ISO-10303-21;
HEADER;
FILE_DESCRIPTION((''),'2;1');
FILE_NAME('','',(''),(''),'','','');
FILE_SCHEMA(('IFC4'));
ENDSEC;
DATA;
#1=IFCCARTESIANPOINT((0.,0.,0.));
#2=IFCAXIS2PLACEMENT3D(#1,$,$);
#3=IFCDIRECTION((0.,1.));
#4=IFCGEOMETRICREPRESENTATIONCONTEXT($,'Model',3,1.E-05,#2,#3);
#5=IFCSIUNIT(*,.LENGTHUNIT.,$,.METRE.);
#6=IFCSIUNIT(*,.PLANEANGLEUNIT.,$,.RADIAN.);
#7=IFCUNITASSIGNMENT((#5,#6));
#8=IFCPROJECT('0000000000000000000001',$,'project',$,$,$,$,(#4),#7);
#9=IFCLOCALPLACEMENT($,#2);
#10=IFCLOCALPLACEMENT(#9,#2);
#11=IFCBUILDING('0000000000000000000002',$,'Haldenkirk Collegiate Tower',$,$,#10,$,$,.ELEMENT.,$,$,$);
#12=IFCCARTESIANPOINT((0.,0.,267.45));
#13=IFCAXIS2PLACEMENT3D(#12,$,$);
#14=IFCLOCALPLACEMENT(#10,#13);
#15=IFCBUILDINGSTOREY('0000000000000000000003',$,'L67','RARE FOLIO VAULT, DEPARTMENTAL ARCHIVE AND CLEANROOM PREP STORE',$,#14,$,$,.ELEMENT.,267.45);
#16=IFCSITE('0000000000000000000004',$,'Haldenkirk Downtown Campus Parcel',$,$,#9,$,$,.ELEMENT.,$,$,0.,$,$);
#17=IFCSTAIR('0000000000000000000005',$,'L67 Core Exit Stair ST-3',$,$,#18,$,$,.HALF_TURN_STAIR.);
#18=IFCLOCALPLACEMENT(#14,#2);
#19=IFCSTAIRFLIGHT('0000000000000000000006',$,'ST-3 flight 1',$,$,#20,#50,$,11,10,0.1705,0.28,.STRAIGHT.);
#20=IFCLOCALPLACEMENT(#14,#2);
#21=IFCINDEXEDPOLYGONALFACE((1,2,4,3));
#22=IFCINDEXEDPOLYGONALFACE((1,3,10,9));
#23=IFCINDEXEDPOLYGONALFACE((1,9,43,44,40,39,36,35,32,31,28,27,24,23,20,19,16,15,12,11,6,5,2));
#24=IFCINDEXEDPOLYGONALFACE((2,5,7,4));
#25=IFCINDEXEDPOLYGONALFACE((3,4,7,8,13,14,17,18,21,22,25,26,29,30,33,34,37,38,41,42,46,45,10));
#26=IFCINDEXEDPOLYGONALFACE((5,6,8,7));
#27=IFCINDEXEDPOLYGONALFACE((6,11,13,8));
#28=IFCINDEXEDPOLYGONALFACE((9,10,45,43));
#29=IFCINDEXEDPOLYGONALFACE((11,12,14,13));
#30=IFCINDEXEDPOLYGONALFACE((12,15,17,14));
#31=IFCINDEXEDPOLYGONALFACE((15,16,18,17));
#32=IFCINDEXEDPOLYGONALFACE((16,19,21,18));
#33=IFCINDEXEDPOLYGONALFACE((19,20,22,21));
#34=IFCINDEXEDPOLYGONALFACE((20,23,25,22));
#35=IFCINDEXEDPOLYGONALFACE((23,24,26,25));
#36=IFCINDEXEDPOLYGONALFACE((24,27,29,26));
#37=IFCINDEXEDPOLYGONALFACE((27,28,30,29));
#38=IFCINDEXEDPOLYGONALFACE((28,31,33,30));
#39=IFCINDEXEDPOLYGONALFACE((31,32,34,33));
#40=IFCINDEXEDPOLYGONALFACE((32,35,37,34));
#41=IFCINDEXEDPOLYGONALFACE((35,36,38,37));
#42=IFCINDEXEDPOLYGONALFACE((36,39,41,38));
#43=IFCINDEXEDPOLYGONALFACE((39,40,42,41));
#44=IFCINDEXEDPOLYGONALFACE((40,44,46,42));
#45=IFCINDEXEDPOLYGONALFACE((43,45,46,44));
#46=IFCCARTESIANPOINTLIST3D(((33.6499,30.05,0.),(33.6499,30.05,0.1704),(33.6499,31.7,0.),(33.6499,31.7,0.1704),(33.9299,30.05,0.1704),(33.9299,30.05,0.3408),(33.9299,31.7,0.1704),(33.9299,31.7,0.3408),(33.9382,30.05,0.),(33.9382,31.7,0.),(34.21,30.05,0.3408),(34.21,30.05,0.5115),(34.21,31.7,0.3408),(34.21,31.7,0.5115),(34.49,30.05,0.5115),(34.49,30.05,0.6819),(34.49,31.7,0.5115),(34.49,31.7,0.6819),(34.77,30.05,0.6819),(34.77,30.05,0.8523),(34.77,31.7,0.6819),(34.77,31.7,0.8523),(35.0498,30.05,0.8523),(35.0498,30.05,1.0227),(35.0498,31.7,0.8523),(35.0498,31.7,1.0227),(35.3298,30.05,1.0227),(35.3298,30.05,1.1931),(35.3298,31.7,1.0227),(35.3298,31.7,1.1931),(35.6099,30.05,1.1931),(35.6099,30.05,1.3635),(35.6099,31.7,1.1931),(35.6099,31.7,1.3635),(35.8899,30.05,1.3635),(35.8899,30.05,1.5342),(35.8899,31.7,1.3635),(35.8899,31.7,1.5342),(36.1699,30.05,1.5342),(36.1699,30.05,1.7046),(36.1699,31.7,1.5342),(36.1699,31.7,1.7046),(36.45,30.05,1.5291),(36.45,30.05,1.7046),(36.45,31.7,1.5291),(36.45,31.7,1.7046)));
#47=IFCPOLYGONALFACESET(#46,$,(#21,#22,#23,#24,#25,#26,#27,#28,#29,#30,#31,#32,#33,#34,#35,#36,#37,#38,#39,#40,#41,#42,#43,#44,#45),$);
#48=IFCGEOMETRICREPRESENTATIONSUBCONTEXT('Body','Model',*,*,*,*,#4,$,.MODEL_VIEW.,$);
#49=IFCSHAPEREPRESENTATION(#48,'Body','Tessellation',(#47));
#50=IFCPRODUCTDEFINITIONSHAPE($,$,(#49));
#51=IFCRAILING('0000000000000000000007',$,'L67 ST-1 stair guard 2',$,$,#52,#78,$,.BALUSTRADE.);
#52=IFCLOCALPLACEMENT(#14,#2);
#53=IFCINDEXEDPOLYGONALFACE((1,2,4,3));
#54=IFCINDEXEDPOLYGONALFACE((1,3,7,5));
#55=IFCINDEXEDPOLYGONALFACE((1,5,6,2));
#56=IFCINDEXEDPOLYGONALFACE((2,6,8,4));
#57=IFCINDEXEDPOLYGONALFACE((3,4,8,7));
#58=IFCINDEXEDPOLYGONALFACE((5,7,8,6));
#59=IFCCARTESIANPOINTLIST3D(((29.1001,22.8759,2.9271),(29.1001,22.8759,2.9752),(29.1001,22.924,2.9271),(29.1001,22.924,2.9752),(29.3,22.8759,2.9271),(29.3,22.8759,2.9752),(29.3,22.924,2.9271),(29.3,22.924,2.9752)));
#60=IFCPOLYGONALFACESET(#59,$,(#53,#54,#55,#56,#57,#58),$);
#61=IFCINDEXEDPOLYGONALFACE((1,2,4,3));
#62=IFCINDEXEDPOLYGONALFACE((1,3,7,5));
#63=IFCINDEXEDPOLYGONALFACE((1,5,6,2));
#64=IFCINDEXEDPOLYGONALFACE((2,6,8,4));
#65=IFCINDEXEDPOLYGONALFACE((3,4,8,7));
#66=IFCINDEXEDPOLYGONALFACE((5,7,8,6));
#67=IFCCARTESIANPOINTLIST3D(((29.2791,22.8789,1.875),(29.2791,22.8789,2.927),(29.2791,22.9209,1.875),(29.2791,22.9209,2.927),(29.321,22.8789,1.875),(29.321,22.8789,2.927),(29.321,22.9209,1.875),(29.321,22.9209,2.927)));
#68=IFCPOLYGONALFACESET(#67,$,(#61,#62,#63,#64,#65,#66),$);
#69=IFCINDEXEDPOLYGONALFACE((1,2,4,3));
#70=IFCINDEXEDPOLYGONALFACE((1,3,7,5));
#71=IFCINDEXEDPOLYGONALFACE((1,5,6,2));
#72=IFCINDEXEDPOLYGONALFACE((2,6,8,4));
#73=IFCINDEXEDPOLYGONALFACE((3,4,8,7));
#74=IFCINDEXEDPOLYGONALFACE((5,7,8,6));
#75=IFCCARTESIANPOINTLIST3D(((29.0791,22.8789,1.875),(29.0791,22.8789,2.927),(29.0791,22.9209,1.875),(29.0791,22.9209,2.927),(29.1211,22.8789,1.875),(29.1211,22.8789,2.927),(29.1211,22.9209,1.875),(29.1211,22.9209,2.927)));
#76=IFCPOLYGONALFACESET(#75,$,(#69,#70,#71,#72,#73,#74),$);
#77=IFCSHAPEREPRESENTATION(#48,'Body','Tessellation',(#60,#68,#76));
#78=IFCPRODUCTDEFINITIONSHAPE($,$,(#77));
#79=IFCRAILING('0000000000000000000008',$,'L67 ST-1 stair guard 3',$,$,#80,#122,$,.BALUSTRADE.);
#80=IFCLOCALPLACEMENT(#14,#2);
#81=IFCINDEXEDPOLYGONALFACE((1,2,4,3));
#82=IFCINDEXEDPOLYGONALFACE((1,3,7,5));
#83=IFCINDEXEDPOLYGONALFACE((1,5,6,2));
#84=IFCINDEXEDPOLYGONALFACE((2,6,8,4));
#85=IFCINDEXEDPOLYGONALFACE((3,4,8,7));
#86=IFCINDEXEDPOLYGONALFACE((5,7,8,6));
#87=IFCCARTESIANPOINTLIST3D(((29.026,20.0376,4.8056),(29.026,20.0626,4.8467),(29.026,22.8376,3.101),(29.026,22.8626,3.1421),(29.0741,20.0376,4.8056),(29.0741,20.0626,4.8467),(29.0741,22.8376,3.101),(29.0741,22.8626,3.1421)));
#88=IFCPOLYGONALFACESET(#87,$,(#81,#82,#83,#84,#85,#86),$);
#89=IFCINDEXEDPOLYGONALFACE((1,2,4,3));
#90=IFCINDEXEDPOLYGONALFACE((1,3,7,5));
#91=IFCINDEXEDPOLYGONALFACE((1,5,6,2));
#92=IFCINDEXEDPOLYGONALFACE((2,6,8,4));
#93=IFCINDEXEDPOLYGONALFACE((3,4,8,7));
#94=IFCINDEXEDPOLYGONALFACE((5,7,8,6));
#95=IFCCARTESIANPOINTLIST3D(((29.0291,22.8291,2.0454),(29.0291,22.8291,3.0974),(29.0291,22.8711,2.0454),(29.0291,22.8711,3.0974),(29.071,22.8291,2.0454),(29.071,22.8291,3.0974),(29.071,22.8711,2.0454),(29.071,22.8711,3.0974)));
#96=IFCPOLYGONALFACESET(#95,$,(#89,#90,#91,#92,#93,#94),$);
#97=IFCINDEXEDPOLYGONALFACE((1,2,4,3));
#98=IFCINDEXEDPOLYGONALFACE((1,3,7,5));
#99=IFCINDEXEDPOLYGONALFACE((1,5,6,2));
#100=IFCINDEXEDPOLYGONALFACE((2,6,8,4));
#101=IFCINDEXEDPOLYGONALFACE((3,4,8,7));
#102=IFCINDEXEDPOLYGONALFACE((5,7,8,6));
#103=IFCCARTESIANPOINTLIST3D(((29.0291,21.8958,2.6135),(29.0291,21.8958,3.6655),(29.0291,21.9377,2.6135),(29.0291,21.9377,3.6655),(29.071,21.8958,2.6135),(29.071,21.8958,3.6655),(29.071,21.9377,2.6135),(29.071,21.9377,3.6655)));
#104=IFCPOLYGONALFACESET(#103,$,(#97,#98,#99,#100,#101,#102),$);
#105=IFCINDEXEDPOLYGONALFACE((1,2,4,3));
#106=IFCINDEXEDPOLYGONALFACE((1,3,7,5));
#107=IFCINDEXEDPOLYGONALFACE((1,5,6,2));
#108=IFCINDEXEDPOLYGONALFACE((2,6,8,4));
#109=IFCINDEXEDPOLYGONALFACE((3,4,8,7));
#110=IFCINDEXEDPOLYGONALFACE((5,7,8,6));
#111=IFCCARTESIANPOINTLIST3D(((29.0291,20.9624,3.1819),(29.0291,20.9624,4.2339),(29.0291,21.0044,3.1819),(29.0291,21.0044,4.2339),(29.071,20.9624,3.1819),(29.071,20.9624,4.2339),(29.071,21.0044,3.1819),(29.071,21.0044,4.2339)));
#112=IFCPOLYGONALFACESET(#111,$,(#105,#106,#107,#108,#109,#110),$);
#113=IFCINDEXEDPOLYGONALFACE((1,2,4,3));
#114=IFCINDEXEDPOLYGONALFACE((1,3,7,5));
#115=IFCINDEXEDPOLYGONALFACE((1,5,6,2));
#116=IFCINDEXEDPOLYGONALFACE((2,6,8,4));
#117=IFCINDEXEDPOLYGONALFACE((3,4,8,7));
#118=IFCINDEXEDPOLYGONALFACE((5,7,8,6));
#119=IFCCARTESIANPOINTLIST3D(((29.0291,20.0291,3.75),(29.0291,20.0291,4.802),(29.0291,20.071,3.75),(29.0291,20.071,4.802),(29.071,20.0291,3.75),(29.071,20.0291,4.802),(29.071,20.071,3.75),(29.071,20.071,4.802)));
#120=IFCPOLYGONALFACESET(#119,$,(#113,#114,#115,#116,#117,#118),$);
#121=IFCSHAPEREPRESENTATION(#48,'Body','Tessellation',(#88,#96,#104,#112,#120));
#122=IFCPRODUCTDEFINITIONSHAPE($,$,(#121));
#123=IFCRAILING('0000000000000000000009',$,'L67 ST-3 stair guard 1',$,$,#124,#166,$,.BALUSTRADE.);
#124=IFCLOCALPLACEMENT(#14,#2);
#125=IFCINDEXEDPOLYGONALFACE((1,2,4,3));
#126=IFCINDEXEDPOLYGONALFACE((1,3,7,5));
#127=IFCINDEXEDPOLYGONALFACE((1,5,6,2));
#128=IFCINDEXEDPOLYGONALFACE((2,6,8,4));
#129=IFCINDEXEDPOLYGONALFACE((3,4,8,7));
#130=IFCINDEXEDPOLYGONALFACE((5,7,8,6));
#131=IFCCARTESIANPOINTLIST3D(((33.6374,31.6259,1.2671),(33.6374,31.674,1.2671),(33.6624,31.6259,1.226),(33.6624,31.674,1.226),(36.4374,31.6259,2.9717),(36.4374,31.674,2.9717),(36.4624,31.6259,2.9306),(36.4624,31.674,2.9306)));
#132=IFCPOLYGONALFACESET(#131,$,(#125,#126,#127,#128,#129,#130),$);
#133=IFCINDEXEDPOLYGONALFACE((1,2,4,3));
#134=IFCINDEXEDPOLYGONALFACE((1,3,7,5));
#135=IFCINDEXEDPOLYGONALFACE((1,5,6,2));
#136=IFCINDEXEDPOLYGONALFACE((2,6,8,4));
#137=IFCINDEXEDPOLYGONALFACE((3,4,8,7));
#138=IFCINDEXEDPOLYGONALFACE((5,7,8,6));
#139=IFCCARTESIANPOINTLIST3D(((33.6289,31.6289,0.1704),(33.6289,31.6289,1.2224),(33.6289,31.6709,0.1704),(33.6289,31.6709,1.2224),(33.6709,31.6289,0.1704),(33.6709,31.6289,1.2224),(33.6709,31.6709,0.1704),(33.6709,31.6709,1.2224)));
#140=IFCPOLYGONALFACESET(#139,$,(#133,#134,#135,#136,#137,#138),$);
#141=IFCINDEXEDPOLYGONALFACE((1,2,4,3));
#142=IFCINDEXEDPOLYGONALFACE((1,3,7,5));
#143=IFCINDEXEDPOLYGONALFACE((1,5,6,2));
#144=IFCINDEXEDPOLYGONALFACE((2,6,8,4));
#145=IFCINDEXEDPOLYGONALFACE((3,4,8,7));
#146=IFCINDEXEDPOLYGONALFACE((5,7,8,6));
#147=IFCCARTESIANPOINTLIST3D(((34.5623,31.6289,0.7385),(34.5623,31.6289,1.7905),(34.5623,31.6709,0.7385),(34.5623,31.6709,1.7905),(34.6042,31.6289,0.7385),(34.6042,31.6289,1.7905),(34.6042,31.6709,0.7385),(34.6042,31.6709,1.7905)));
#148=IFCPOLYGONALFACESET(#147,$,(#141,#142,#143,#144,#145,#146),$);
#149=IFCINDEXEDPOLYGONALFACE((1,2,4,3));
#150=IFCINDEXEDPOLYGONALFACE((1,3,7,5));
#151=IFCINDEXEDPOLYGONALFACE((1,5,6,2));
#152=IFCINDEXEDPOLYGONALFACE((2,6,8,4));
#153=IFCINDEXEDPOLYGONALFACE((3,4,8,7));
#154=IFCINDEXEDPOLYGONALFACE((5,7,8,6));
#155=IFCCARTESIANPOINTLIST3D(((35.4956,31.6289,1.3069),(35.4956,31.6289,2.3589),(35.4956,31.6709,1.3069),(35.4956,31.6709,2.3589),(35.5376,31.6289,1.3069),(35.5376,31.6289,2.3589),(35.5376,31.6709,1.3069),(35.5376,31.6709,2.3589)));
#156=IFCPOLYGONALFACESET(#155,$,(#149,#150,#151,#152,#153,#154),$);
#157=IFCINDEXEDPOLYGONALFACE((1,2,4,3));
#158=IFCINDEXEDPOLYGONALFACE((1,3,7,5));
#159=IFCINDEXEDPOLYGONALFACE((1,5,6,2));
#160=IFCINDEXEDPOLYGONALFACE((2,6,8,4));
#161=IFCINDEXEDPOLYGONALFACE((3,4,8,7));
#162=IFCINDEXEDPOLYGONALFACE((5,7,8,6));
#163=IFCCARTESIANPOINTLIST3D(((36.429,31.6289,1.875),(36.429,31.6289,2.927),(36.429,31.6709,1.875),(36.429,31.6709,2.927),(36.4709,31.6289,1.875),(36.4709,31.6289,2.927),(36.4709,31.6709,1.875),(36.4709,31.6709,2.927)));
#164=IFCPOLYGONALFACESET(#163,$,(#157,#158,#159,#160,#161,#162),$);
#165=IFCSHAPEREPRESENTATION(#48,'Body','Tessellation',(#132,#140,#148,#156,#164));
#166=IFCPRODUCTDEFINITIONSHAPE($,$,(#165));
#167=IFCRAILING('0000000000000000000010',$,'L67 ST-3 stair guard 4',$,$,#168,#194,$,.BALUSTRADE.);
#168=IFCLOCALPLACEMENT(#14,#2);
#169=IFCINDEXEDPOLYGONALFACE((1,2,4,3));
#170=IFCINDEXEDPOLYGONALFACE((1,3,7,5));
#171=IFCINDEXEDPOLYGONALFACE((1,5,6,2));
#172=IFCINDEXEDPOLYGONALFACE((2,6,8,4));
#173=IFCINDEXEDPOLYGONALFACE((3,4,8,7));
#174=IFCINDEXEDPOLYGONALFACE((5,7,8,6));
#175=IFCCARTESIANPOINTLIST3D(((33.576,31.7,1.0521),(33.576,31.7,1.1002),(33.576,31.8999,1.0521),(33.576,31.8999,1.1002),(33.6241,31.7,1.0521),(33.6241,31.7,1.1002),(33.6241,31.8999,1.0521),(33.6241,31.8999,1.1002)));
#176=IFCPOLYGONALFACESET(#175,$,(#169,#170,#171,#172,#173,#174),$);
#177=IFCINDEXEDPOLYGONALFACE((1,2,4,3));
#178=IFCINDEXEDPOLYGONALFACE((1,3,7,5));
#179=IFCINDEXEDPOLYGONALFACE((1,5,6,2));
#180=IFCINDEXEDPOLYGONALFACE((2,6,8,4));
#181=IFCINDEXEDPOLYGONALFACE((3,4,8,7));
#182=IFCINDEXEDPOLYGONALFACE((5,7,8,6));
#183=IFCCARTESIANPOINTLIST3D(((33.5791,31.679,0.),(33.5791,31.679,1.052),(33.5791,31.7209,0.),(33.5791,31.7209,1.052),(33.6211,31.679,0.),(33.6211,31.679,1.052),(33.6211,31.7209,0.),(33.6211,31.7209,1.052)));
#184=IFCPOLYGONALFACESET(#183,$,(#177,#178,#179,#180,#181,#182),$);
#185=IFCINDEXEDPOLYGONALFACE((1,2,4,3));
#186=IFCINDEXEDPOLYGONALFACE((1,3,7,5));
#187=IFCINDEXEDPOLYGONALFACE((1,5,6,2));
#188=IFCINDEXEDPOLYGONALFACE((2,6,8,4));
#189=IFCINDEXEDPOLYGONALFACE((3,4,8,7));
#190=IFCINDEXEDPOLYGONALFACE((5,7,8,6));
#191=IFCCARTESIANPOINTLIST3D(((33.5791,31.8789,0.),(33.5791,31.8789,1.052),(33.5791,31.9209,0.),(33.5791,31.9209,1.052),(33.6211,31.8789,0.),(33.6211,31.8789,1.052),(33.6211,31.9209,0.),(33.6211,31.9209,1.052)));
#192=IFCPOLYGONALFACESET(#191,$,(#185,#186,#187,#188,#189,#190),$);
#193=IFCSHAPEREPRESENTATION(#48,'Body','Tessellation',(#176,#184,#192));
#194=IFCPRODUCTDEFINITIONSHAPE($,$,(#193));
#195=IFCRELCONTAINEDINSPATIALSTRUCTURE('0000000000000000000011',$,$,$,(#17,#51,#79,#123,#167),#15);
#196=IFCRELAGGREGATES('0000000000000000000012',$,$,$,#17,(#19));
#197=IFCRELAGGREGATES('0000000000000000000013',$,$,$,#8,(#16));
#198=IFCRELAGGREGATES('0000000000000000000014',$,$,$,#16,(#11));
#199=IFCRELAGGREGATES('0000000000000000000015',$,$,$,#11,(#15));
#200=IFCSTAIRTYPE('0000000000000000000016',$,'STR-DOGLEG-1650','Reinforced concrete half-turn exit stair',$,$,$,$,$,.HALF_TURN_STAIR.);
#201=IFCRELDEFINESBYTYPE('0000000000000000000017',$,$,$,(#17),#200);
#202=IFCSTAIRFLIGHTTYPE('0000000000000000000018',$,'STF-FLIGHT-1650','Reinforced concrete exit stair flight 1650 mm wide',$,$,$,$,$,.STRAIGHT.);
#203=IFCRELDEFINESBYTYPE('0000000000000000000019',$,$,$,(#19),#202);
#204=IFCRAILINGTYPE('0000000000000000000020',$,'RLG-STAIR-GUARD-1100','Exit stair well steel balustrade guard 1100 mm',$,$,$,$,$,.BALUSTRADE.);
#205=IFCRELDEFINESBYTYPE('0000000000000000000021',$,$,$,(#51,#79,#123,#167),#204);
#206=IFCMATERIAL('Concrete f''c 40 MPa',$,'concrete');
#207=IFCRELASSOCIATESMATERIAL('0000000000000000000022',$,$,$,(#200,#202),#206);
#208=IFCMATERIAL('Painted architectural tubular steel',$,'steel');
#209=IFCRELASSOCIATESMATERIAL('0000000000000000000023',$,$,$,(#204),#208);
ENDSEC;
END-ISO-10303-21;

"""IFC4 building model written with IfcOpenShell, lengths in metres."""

from ifc_helpers import new_model, si_unit, direction, frame, origin, origin_2d, place, context, subcontext, project, spatial, polyline, rectangle, outline, extrude, material, type_object, element, aggregate, save


model = new_model("IFC4")

# Units and contexts
model_context = context("Model", 3, precision=1e-05, world=origin(), true_north=direction((0.0, 1.0)))
body_context = subcontext(model_context, "Body", "Model", "MODEL_VIEW")
ifc_project = project(units=[si_unit("LENGTHUNIT", "METRE"), si_unit("PLANEANGLEUNIT", "RADIAN")], contexts=[model_context])

# Site, building, storey
site_placement = place(None, origin())
site = spatial("IfcSite", under=ifc_project, at=site_placement, Name="Haldenkirk Downtown Campus Parcel", CompositionType="ELEMENT", RefElevation=0.0)
building_placement = place(site_placement, origin())
building = spatial("IfcBuilding", under=site, at=building_placement, Name="Haldenkirk Collegiate Tower", CompositionType="ELEMENT")
storey_placement = place(building_placement, frame((0.0, 0.0, 267.45)))
storey = spatial("IfcBuildingStorey", under=building, at=storey_placement, Name="L67", Description="RARE FOLIO VAULT, DEPARTMENTAL ARCHIVE AND CLEANROOM PREP STORE", CompositionType="ELEMENT", Elevation=267.45)

# Stair, stair flight
ifc_material_1 = material(Name="Concrete f'c 40 MPa", Category="concrete")
stair_type = type_object("IfcStairType", Name="STR-DOGLEG-1650", Description="Reinforced concrete half-turn exit stair", PredefinedType="HALF_TURN_STAIR", material=ifc_material_1)
stair_flight_type = type_object("IfcStairFlightType", Name="STF-FLIGHT-1650", Description="Reinforced concrete exit stair flight 1650 mm wide", PredefinedType="STRAIGHT", material=ifc_material_1)
stair_1_placement = place(storey_placement, origin())
stair_1 = element("IfcStair", 1, at=stair_1_placement, inside=storey, type_object=stair_type, Name="L67 Core Exit Stair ST-3", PredefinedType="HALF_TURN_STAIR")
stair_flight_1_placement = place(storey_placement, frame((33.6499, 30.875, 0.0), z_axis=(0.0, 0.0, 1.0), x_axis=(1.0, 0.0, 0.0)))
stair_flight_1 = element("IfcStairFlight", 2, at=stair_flight_1_placement, type_object=stair_flight_type, Name="ST-3 flight 1", NumberOfRisers=11, NumberOfTreads=10, PredefinedType="STRAIGHT", RiserHeight=0.1705, TreadLength=0.28, context=body_context, shape_type="SweptSolid", body=[
    extrude(outline(polyline([(0.0, 0.0), (0.0, 0.1704), (0.28, 0.1704), (0.28, 0.3408), (0.5601, 0.3408), (0.5601, 0.5115), (0.8401, 0.5115), (0.8401, 0.6819), (1.1201, 0.6819), (1.1201, 0.8523), (1.3999, 0.8523), (1.3999, 1.0227), (1.6799, 1.0227), (1.6799, 1.1931), (1.96, 1.1931), (1.96, 1.3635), (2.24, 1.3635), (2.24, 1.5342), (2.52, 1.5342), (2.52, 1.7046), (2.8, 1.7046), (2.8, 1.875), (2.8, 1.5291), (0.2883, 0.0), (0.0, 0.0)])), frame((0.0, 0.825, 0.0), z_axis=(0.0, -1.0, 0.0), x_axis=(1.0, 0.0, 0.0)), (0.0, 0.0, 1.0), 1.6499),
])
aggregate(stair_1, [stair_flight_1])

# Railings
ifc_material_2 = material(Name="Painted architectural tubular steel", Category="steel")
railing_type_1 = type_object("IfcRailingType", Name="RLG-STAIR-GUARD-1100", Description="Exit stair well steel balustrade guard 1100 mm", PredefinedType="BALUSTRADE", material=ifc_material_2)
railing_1_placement = place(storey_placement, frame((29.3, 22.8999, 1.875)))
element("IfcRailing", 3, at=railing_1_placement, inside=storey, type_object=railing_type_1, Name="L67 ST-1 stair guard 2", PredefinedType="BALUSTRADE", context=body_context, shape_type="SweptSolid", body=[
    extrude(rectangle(XDim=0.0481, YDim=0.0481, at=origin_2d()), frame((0.0, 0.0, 1.0762), z_axis=(-1.0, 0.0, 0.0), x_axis=(0.0, -1.0, 0.0)), (0.0, 0.0, 1.0), 0.2),
    extrude(rectangle(XDim=0.042, YDim=0.042, at=origin_2d()), origin(), (0.0, 0.0, 1.0), 1.052),
    extrude(rectangle(XDim=0.042, YDim=0.042, at=origin_2d()), frame((-0.2, 0.0, 0.0)), (0.0, 0.0, 1.0), 1.052),
])
railing_2_placement = place(storey_placement, frame((29.05, 22.8501, 2.0454)))
element("IfcRailing", 4, at=railing_2_placement, inside=storey, type_object=railing_type_1, Name="L67 ST-1 stair guard 3", PredefinedType="BALUSTRADE", context=body_context, shape_type="SweptSolid", body=[
    extrude(rectangle(XDim=0.0481, YDim=0.0481, at=origin_2d()), frame((0.0, 0.0, 1.0762), z_axis=(0.0, -0.85417, 0.519994), x_axis=(1.0, 0.0, 0.0)), (0.0, 0.0, 1.0), 3.2781),
    extrude(rectangle(XDim=0.042, YDim=0.042, at=origin_2d()), origin(), (0.0, 0.0, 1.0), 1.052),
    extrude(rectangle(XDim=0.042, YDim=0.042, at=origin_2d()), frame((0.0, -0.9333, 0.5681)), (0.0, 0.0, 1.0), 1.052),
    extrude(rectangle(XDim=0.042, YDim=0.042, at=origin_2d()), frame((0.0, -1.8667, 1.1365)), (0.0, 0.0, 1.0), 1.052),
    extrude(rectangle(XDim=0.042, YDim=0.042, at=origin_2d()), frame((0.0, -2.8, 1.7046)), (0.0, 0.0, 1.0), 1.052),
])
railing_3_placement = place(storey_placement, frame((33.6499, 31.6499, 0.1704)))
element("IfcRailing", 5, at=railing_3_placement, inside=storey, type_object=railing_type_1, Name="L67 ST-3 stair guard 1", PredefinedType="BALUSTRADE", context=body_context, shape_type="SweptSolid", body=[
    extrude(rectangle(XDim=0.0481, YDim=0.0481, at=origin_2d()), frame((0.0, 0.0, 1.0762), z_axis=(0.85417, 0.0, 0.519994), x_axis=(0.0, 1.0, 0.0)), (0.0, 0.0, 1.0), 3.2781),
    extrude(rectangle(XDim=0.042, YDim=0.042, at=origin_2d()), origin(), (0.0, 0.0, 1.0), 1.052),
    extrude(rectangle(XDim=0.042, YDim=0.042, at=origin_2d()), frame((0.9333, 0.0, 0.5681)), (0.0, 0.0, 1.0), 1.052),
    extrude(rectangle(XDim=0.042, YDim=0.042, at=origin_2d()), frame((1.8667, 0.0, 1.1365)), (0.0, 0.0, 1.0), 1.052),
    extrude(rectangle(XDim=0.042, YDim=0.042, at=origin_2d()), frame((2.8, 0.0, 1.7046)), (0.0, 0.0, 1.0), 1.052),
])
railing_4_placement = place(storey_placement, frame((33.6001, 31.7, 0.0)))
element("IfcRailing", 6, at=railing_4_placement, inside=storey, type_object=railing_type_1, Name="L67 ST-3 stair guard 4", PredefinedType="BALUSTRADE", context=body_context, shape_type="SweptSolid", body=[
    extrude(rectangle(XDim=0.0481, YDim=0.0481, at=origin_2d()), frame((0.0, 0.0, 1.0762), z_axis=(0.0, 1.0, 0.0), x_axis=(-1.0, 0.0, 0.0)), (0.0, 0.0, 1.0), 0.2),
    extrude(rectangle(XDim=0.042, YDim=0.042, at=origin_2d()), origin(), (0.0, 0.0, 1.0), 1.052),
    extrude(rectangle(XDim=0.042, YDim=0.042, at=origin_2d()), frame((0.0, 0.2, 0.0)), (0.0, 0.0, 1.0), 1.052),
])

save(model, "model.ifc")
